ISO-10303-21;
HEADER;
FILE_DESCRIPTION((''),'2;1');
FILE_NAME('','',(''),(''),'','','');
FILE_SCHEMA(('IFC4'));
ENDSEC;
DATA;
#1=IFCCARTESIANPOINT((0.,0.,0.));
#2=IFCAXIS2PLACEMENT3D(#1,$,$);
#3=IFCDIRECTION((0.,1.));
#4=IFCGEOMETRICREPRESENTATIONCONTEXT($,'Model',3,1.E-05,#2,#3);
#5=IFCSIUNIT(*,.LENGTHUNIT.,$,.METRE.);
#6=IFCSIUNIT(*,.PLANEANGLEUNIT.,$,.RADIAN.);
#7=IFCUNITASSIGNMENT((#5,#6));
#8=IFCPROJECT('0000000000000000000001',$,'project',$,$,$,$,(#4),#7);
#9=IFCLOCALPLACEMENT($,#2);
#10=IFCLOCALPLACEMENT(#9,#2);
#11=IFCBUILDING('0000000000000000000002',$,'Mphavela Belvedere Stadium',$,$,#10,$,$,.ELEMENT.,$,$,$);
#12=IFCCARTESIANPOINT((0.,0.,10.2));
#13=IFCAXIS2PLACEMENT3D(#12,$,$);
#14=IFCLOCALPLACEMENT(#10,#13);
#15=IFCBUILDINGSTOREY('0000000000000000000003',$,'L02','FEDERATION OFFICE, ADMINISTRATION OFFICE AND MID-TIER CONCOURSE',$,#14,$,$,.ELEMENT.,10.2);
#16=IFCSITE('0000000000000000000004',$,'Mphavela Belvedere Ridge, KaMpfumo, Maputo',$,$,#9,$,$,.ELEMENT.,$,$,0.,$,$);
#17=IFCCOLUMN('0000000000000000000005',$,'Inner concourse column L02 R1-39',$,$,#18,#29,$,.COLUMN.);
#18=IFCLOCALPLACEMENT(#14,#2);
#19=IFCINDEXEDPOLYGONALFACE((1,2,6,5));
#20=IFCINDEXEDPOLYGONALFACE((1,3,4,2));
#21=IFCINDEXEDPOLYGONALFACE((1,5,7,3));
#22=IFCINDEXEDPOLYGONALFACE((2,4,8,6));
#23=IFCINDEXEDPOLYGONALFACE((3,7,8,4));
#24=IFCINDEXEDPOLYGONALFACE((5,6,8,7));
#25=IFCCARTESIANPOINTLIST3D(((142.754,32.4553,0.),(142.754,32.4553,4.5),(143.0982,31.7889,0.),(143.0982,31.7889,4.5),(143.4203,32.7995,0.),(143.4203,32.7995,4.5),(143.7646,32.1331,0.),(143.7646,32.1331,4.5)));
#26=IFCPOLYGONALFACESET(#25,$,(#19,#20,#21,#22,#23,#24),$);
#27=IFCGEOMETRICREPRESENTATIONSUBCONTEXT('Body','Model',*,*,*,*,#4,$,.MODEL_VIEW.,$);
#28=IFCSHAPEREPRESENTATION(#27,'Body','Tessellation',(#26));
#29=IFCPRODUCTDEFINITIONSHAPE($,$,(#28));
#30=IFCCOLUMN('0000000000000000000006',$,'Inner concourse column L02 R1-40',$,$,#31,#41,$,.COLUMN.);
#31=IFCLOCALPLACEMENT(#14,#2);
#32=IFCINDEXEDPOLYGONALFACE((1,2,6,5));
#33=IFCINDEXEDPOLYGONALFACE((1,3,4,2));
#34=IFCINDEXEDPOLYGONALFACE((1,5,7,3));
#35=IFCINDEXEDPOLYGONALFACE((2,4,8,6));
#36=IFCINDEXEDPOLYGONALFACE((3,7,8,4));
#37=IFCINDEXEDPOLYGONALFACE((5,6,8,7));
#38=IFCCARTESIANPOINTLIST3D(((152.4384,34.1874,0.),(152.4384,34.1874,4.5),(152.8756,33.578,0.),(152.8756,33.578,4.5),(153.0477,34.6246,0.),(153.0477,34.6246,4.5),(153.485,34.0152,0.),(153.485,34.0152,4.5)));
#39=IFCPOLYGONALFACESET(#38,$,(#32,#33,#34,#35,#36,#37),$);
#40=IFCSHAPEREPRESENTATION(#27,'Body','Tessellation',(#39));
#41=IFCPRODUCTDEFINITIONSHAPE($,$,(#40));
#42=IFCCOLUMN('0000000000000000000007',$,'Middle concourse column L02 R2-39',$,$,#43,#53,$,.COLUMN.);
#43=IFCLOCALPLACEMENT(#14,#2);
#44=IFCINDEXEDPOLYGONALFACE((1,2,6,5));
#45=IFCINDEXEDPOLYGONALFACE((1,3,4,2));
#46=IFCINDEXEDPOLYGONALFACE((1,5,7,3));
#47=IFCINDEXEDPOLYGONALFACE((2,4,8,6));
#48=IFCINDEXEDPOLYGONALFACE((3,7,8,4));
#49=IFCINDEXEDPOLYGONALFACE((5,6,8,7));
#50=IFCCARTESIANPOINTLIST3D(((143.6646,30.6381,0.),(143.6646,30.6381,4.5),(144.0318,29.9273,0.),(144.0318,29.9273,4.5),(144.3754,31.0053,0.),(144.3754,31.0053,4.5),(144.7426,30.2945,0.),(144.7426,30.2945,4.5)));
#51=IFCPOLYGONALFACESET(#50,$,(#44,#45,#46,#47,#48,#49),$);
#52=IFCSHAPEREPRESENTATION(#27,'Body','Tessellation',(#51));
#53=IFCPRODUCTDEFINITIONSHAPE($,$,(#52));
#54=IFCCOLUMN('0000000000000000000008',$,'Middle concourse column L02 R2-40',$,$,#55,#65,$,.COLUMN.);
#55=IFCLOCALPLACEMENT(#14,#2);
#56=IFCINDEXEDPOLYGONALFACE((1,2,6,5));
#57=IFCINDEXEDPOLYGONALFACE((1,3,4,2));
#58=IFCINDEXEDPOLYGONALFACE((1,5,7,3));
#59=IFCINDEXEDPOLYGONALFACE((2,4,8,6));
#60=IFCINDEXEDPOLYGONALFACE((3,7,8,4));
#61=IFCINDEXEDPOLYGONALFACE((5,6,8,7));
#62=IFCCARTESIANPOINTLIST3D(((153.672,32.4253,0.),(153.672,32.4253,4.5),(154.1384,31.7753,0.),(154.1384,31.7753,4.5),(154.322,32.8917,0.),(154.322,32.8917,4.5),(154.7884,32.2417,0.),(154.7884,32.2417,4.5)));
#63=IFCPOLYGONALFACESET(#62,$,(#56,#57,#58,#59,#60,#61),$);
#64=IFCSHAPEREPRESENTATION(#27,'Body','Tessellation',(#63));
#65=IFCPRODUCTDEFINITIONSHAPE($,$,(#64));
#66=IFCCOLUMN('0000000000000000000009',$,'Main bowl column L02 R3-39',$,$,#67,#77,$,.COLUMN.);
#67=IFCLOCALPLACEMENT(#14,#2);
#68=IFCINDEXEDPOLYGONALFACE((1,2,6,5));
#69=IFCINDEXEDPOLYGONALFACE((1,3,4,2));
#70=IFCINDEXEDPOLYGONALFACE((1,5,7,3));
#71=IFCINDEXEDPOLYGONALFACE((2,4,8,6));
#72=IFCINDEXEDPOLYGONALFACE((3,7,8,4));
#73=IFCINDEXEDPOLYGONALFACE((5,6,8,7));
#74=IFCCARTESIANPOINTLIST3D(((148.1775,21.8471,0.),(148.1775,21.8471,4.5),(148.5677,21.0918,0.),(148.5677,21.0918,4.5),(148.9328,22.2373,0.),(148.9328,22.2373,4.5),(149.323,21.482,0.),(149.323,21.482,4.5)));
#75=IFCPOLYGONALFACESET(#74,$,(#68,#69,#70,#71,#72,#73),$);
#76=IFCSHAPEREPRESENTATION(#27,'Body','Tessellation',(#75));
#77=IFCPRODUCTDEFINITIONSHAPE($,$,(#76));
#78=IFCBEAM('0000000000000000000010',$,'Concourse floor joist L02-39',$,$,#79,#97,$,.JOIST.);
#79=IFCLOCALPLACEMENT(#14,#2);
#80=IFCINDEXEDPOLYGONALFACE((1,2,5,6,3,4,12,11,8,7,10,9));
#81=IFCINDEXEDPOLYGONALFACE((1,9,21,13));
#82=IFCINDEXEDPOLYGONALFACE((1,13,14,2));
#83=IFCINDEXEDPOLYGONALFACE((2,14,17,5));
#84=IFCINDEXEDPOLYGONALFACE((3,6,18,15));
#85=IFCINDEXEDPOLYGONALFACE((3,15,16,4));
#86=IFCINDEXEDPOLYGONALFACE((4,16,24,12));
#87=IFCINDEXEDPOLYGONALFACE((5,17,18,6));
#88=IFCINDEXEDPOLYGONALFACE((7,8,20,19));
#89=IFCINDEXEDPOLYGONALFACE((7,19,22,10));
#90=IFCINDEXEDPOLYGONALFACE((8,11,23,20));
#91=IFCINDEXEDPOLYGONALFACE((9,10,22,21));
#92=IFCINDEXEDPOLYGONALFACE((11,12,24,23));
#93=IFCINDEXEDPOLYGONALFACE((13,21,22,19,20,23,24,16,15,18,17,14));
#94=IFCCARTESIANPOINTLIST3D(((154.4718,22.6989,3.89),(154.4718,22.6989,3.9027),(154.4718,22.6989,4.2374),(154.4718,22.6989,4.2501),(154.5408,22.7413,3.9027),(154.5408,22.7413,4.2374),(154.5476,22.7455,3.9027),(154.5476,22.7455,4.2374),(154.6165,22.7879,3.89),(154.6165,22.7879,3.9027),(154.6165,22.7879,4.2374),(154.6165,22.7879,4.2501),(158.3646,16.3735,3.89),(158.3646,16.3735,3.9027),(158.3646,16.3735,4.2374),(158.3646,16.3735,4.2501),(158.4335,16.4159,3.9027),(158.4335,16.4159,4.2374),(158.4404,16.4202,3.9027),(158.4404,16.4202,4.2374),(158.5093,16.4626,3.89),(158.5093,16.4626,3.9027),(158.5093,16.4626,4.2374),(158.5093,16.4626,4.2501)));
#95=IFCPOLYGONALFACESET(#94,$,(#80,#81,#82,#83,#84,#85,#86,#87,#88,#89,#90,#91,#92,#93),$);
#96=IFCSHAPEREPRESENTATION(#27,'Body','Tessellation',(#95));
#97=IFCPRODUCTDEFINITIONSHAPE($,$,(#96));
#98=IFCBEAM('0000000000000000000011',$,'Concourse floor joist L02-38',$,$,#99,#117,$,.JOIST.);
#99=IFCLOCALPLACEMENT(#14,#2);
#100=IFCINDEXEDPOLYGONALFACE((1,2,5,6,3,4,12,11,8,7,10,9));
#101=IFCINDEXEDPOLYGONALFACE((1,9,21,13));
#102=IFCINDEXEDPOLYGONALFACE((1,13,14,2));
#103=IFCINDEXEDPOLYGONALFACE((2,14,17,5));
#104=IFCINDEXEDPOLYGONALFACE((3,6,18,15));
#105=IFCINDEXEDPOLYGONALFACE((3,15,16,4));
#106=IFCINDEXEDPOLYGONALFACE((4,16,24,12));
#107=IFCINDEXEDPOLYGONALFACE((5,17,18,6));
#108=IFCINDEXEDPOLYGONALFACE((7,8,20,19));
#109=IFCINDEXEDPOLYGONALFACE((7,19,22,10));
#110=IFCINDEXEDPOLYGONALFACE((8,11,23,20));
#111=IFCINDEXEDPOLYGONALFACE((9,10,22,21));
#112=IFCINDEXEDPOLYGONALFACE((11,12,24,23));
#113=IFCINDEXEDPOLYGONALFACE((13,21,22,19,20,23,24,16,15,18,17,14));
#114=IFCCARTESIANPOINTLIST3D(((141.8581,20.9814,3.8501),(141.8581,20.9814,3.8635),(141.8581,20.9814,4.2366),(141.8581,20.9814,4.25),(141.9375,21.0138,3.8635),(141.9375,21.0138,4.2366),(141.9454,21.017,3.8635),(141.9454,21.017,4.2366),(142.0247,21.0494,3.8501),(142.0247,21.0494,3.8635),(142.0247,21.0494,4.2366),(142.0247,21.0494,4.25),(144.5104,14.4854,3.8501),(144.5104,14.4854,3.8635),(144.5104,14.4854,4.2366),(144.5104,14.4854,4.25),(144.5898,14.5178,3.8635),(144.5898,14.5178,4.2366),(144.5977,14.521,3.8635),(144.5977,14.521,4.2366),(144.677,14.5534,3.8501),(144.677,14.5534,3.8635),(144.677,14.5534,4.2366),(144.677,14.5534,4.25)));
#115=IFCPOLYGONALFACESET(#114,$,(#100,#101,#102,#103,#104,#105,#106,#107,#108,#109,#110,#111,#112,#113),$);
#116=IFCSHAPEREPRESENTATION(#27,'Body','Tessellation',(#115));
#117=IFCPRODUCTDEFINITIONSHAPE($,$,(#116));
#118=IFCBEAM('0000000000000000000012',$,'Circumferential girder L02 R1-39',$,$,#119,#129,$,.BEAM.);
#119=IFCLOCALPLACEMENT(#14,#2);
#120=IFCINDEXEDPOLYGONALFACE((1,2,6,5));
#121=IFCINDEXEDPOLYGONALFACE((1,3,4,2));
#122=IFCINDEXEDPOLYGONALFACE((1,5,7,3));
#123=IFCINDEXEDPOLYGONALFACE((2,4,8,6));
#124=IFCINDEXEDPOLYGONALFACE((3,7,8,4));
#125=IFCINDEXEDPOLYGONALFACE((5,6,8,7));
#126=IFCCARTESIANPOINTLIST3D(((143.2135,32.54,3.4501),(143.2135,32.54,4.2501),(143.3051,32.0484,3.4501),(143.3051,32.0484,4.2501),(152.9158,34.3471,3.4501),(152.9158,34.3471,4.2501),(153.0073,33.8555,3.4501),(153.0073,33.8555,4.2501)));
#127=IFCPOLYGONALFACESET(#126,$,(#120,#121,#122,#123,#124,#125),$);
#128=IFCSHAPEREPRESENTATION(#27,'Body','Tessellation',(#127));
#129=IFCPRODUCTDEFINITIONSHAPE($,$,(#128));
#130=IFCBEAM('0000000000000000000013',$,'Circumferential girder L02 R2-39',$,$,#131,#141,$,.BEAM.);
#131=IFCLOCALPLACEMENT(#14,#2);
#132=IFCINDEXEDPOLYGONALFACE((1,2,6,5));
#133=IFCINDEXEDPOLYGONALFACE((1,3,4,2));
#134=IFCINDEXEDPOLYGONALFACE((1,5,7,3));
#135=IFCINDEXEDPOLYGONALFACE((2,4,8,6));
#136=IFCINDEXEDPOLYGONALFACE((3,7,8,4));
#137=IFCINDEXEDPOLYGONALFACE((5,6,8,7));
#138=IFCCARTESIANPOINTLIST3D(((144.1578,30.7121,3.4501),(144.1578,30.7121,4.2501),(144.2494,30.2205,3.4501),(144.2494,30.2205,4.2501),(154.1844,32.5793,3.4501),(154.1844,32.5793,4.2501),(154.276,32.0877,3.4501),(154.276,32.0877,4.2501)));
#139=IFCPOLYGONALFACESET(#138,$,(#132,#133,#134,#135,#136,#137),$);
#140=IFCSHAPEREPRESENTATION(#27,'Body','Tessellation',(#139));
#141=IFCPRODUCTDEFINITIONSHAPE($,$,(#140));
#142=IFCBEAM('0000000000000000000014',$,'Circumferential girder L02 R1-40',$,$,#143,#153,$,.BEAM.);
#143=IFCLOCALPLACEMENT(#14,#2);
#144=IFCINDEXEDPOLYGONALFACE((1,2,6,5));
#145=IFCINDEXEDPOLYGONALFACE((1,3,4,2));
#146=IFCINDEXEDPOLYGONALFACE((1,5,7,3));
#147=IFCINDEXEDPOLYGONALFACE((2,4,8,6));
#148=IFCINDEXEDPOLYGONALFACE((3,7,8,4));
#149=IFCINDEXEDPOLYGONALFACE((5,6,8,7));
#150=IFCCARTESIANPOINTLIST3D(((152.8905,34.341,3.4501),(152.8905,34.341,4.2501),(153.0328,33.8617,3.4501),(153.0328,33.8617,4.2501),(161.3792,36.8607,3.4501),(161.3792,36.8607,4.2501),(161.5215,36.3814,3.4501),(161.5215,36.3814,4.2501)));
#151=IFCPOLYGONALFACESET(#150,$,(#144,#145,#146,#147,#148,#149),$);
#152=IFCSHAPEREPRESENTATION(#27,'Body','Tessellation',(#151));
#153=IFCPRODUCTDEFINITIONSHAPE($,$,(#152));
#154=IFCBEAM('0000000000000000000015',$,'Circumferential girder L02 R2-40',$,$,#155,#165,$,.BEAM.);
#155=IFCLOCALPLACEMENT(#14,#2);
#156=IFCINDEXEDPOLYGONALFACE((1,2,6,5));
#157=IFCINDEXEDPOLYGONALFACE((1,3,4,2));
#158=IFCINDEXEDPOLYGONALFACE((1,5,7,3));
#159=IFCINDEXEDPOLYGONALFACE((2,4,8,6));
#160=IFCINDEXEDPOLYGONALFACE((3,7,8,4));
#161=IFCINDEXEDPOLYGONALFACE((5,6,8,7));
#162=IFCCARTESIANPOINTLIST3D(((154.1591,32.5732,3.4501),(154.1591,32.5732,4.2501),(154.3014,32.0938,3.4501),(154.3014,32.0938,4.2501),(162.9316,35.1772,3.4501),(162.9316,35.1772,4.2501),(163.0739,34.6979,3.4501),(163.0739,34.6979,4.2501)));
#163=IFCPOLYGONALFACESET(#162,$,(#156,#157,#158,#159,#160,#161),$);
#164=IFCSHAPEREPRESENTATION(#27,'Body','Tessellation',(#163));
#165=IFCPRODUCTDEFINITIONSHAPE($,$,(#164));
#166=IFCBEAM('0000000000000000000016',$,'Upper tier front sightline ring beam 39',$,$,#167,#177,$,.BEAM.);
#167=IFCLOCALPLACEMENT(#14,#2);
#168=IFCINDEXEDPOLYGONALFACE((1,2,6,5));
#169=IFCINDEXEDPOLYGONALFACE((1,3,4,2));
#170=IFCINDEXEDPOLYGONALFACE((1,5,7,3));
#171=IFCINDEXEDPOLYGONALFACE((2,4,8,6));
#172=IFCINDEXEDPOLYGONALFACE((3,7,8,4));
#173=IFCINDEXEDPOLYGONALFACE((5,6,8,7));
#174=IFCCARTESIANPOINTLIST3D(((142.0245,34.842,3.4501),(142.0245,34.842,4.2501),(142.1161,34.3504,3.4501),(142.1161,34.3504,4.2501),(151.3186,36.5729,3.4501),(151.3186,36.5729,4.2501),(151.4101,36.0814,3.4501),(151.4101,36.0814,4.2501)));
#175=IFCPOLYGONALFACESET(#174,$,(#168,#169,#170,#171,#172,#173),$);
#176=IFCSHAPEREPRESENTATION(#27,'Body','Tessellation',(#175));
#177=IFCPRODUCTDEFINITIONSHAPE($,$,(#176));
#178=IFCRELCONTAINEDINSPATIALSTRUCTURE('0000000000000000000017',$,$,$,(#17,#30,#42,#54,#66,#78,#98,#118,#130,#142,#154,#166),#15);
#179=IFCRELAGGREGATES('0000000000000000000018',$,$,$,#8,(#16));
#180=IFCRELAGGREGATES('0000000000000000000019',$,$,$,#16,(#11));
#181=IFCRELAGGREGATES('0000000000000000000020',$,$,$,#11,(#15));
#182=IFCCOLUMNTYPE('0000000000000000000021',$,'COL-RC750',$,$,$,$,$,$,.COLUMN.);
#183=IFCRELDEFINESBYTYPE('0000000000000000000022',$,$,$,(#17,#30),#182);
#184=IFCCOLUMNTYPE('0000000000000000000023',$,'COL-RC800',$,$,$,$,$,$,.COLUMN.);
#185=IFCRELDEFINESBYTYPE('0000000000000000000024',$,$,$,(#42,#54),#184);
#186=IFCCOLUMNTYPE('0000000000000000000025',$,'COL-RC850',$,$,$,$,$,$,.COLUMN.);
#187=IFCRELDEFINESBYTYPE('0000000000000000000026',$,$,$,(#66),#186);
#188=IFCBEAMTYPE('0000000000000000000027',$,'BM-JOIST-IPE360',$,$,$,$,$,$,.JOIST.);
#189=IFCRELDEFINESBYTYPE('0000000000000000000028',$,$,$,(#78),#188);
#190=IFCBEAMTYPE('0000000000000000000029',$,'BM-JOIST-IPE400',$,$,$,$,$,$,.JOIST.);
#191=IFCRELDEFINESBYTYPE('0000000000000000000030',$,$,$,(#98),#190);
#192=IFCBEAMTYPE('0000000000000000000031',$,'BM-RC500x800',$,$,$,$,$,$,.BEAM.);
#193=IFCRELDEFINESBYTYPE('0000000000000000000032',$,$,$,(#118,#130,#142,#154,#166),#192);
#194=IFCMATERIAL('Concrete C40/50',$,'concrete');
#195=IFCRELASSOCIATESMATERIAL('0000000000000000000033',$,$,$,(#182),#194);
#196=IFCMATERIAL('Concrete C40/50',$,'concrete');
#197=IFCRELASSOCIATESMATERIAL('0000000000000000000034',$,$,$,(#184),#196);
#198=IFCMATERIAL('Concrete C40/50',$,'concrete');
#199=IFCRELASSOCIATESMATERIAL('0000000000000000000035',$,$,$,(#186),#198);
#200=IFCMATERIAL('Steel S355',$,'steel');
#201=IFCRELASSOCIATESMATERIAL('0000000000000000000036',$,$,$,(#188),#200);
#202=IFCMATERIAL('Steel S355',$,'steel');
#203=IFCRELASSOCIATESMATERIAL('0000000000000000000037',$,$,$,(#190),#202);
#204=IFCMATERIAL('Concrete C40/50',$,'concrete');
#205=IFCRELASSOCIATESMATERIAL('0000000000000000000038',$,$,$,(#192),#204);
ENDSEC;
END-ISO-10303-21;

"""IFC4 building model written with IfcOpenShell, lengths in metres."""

from ifc_helpers import new_model, si_unit, direction, frame, origin, origin_2d, place, context, subcontext, project, spatial, rectangle, i_section, extrude, material, material_profile, profile_set, type_object, element, save


model = new_model("IFC4")

# Units and contexts
model_context = context("Model", 3, precision=1e-05, world=origin(), true_north=direction((0.0, 1.0)))
body_context = subcontext(model_context, "Body", "Model", "MODEL_VIEW")
ifc_project = project(units=[si_unit("LENGTHUNIT", "METRE"), si_unit("PLANEANGLEUNIT", "RADIAN")], contexts=[model_context])

# Site, building, storey
site_placement = place(None, origin())
site = spatial("IfcSite", under=ifc_project, at=site_placement, Name="Mphavela Belvedere Ridge, KaMpfumo, Maputo", CompositionType="ELEMENT", RefElevation=0.0)
building_placement = place(site_placement, origin())
building = spatial("IfcBuilding", under=site, at=building_placement, Name="Mphavela Belvedere Stadium", CompositionType="ELEMENT")
storey_placement = place(building_placement, frame((0.0, 0.0, 10.2)))
storey = spatial("IfcBuildingStorey", under=building, at=storey_placement, Name="L02", Description="FEDERATION OFFICE, ADMINISTRATION OFFICE AND MID-TIER CONCOURSE", CompositionType="ELEMENT", Elevation=10.2)

# Columns
ifc_material_1 = material(Name="Concrete C40/50", Category="concrete")
ifc_material_profile_1 = material_profile(ifc_material_1, rectangle(XDim=0.75, YDim=0.75, at=origin_2d()), Name="RC 750x750")
ifc_profile_set_1 = profile_set([ifc_material_profile_1], Name="Concrete C40/50")
column_type_1 = type_object("IfcColumnType", Name="COL-RC750", PredefinedType="COLUMN", material=ifc_profile_set_1)
for number, where, z_axis, x_axis, name in (
    (1, (143.2593, 32.2942, 0.0), (0.0, 0.0, 1.0), (0.45896, -0.888457, 0.0), "Inner concourse column L02 R1-39"),
    (2, (152.9617, 34.1013, 0.0), (0.0, 0.0, 1.0), (0.582974, -0.812491, 0.0), "Inner concourse column L02 R1-40"),
):
    element("IfcColumn", number, at=place(storey_placement, frame(where, z_axis=z_axis, x_axis=x_axis)), inside=storey, type_object=column_type_1, Name=name, PredefinedType="COLUMN", context=body_context, shape_type="SweptSolid", body=[
        extrude(rectangle(XDim=0.75, YDim=0.75, at=origin_2d()), origin(), (0.0, 0.0, 1.0), 4.5),
    ])
ifc_material_2 = material(Name="Concrete C40/50", Category="concrete")
ifc_material_profile_2 = material_profile(ifc_material_2, rectangle(XDim=0.8, YDim=0.8, at=origin_2d()), Name="RC 800x800")
ifc_profile_set_2 = profile_set([ifc_material_profile_2], Name="Concrete C40/50")
column_type_2 = type_object("IfcColumnType", Name="COL-RC800", PredefinedType="COLUMN", material=ifc_profile_set_2)
for number, where, z_axis, x_axis, name in (
    (3, (144.2036, 30.4663, 0.0), (0.0, 0.0, 1.0), (0.45896, -0.888457, 0.0), "Middle concourse column L02 R2-39"),
    (4, (154.2302, 32.3335, 0.0), (0.0, 0.0, 1.0), (0.582974, -0.812491, 0.0), "Middle concourse column L02 R2-40"),
):
    element("IfcColumn", number, at=place(storey_placement, frame(where, z_axis=z_axis, x_axis=x_axis)), inside=storey, type_object=column_type_2, Name=name, PredefinedType="COLUMN", context=body_context, shape_type="SweptSolid", body=[
        extrude(rectangle(XDim=0.8, YDim=0.8, at=origin_2d()), origin(), (0.0, 0.0, 1.0), 4.5),
    ])
ifc_material_3 = material(Name="Concrete C40/50", Category="concrete")
ifc_material_profile_3 = material_profile(ifc_material_3, rectangle(XDim=0.8501, YDim=0.8501, at=origin_2d()), Name="RC 850x850")
ifc_profile_set_3 = profile_set([ifc_material_profile_3], Name="Concrete C40/50")
column_type_3 = type_object("IfcColumnType", Name="COL-RC850", PredefinedType="COLUMN", material=ifc_profile_set_3)
column_placement = place(storey_placement, frame((148.7502, 21.6646, 0.0), z_axis=(0.0, 0.0, 1.0), x_axis=(0.45896, -0.888457, 0.0)))
element("IfcColumn", 5, at=column_placement, inside=storey, type_object=column_type_3, Name="Main bowl column L02 R3-39", PredefinedType="COLUMN", context=body_context, shape_type="SweptSolid", body=[
    extrude(rectangle(XDim=0.8501, YDim=0.8501, at=origin_2d()), origin(), (0.0, 0.0, 1.0), 4.5),
])

# Beams
ifc_material_4 = material(Name="Steel S355", Category="steel")
ifc_material_profile_4 = material_profile(ifc_material_4, i_section(OverallWidth=0.1699, OverallDepth=0.3601, WebThickness=0.0081, FlangeThickness=0.0127, at=origin_2d()), Name="IPE 360")
ifc_profile_set_4 = profile_set([ifc_material_profile_4], Name="Steel S355")
beam_type_1 = type_object("IfcBeamType", Name="BM-JOIST-IPE360", PredefinedType="JOIST", material=ifc_profile_set_4)
beam_1_placement = place(storey_placement, frame((154.5442, 22.7434, 4.0701), z_axis=(0.524121, -0.851644, 0.0), x_axis=(0.851644, 0.524121, 0.0)))
element("IfcBeam", 6, at=beam_1_placement, inside=storey, type_object=beam_type_1, Name="Concourse floor joist L02-39", PredefinedType="JOIST", context=body_context, shape_type="SweptSolid", body=[
    extrude(i_section(OverallWidth=0.1699, OverallDepth=0.3601, WebThickness=0.0081, FlangeThickness=0.0127, at=origin_2d()), origin(), (0.0, 0.0, 1.0), 7.4272),
])
ifc_material_5 = material(Name="Steel S355", Category="steel")
ifc_material_profile_5 = material_profile(ifc_material_5, i_section(OverallWidth=0.1799, OverallDepth=0.3999, WebThickness=0.0085, FlangeThickness=0.0134, at=origin_2d()), Name="IPE 400")
ifc_profile_set_5 = profile_set([ifc_material_profile_5], Name="Steel S355")
beam_type_2 = type_object("IfcBeamType", Name="BM-JOIST-IPE400", PredefinedType="JOIST", material=ifc_profile_set_5)
beam_2_placement = place(storey_placement, frame((141.9414, 21.0154, 4.05), z_axis=(0.378004, -0.925804, 0.0), x_axis=(0.925804, 0.378004, 0.0)))
element("IfcBeam", 7, at=beam_2_placement, inside=storey, type_object=beam_type_2, Name="Concourse floor joist L02-38", PredefinedType="JOIST", context=body_context, shape_type="SweptSolid", body=[
    extrude(i_section(OverallWidth=0.1799, OverallDepth=0.3999, WebThickness=0.0085, FlangeThickness=0.0134, at=origin_2d()), origin(), (0.0, 0.0, 1.0), 7.0166),
])
ifc_material_6 = material(Name="Concrete C40/50", Category="concrete")
ifc_material_profile_6 = material_profile(ifc_material_6, rectangle(XDim=0.5, YDim=0.8, at=origin_2d()), Name="RC 500x800")
ifc_profile_set_6 = profile_set([ifc_material_profile_6], Name="Concrete C40/50")
beam_type_3 = type_object("IfcBeamType", Name="BM-RC500x800", PredefinedType="BEAM", material=ifc_profile_set_6)
beam_3_placement = place(storey_placement, frame((143.2593, 32.2942, 3.8501), z_axis=(0.983093, 0.183107, 0.0), x_axis=(-0.183107, 0.983093, 0.0)))
element("IfcBeam", 8, at=beam_3_placement, inside=storey, type_object=beam_type_3, Name="Circumferential girder L02 R1-39", PredefinedType="BEAM", context=body_context, shape_type="SweptSolid", body=[
    extrude(rectangle(XDim=0.5, YDim=0.8, at=origin_2d()), origin(), (0.0, 0.0, 1.0), 9.8691),
])
beam_4_placement = place(storey_placement, frame((144.2036, 30.4663, 3.8501), z_axis=(0.983099, 0.183076, 0.0), x_axis=(-0.183076, 0.983099, 0.0)))
element("IfcBeam", 9, at=beam_4_placement, inside=storey, type_object=beam_type_3, Name="Circumferential girder L02 R2-39", PredefinedType="BEAM", context=body_context, shape_type="SweptSolid", body=[
    extrude(rectangle(XDim=0.5, YDim=0.8, at=origin_2d()), origin(), (0.0, 0.0, 1.0), 10.199),
])
beam_5_placement = place(storey_placement, frame((152.9617, 34.1013, 3.8501), z_axis=(0.958657, 0.284564, 0.0), x_axis=(-0.284564, 0.958657, 0.0)))
element("IfcBeam", 10, at=beam_5_placement, inside=storey, type_object=beam_type_3, Name="Circumferential girder L02 R1-40", PredefinedType="BEAM", context=body_context, shape_type="SweptSolid", body=[
    extrude(rectangle(XDim=0.5, YDim=0.8, at=origin_2d()), origin(), (0.0, 0.0, 1.0), 8.8547),
])
beam_6_placement = place(storey_placement, frame((154.2302, 32.3335, 3.8501), z_axis=(0.958656, 0.284566, 0.0), x_axis=(-0.284566, 0.958656, 0.0)))
element("IfcBeam", 11, at=beam_6_placement, inside=storey, type_object=beam_type_3, Name="Circumferential girder L02 R2-40", PredefinedType="BEAM", context=body_context, shape_type="SweptSolid", body=[
    extrude(rectangle(XDim=0.5, YDim=0.8, at=origin_2d()), origin(), (0.0, 0.0, 1.0), 9.1509),
])
beam_7_placement = place(storey_placement, frame((142.0703, 34.5962, 3.8501), z_axis=(0.983095, 0.183097, 0.0), x_axis=(-0.183097, 0.983095, 0.0)))
element("IfcBeam", 12, at=beam_7_placement, inside=storey, type_object=beam_type_3, Name="Upper tier front sightline ring beam 39", PredefinedType="BEAM", context=body_context, shape_type="SweptSolid", body=[
    extrude(rectangle(XDim=0.5, YDim=0.8, at=origin_2d()), origin(), (0.0, 0.0, 1.0), 9.4539),
])

save(model, "model.ifc")
